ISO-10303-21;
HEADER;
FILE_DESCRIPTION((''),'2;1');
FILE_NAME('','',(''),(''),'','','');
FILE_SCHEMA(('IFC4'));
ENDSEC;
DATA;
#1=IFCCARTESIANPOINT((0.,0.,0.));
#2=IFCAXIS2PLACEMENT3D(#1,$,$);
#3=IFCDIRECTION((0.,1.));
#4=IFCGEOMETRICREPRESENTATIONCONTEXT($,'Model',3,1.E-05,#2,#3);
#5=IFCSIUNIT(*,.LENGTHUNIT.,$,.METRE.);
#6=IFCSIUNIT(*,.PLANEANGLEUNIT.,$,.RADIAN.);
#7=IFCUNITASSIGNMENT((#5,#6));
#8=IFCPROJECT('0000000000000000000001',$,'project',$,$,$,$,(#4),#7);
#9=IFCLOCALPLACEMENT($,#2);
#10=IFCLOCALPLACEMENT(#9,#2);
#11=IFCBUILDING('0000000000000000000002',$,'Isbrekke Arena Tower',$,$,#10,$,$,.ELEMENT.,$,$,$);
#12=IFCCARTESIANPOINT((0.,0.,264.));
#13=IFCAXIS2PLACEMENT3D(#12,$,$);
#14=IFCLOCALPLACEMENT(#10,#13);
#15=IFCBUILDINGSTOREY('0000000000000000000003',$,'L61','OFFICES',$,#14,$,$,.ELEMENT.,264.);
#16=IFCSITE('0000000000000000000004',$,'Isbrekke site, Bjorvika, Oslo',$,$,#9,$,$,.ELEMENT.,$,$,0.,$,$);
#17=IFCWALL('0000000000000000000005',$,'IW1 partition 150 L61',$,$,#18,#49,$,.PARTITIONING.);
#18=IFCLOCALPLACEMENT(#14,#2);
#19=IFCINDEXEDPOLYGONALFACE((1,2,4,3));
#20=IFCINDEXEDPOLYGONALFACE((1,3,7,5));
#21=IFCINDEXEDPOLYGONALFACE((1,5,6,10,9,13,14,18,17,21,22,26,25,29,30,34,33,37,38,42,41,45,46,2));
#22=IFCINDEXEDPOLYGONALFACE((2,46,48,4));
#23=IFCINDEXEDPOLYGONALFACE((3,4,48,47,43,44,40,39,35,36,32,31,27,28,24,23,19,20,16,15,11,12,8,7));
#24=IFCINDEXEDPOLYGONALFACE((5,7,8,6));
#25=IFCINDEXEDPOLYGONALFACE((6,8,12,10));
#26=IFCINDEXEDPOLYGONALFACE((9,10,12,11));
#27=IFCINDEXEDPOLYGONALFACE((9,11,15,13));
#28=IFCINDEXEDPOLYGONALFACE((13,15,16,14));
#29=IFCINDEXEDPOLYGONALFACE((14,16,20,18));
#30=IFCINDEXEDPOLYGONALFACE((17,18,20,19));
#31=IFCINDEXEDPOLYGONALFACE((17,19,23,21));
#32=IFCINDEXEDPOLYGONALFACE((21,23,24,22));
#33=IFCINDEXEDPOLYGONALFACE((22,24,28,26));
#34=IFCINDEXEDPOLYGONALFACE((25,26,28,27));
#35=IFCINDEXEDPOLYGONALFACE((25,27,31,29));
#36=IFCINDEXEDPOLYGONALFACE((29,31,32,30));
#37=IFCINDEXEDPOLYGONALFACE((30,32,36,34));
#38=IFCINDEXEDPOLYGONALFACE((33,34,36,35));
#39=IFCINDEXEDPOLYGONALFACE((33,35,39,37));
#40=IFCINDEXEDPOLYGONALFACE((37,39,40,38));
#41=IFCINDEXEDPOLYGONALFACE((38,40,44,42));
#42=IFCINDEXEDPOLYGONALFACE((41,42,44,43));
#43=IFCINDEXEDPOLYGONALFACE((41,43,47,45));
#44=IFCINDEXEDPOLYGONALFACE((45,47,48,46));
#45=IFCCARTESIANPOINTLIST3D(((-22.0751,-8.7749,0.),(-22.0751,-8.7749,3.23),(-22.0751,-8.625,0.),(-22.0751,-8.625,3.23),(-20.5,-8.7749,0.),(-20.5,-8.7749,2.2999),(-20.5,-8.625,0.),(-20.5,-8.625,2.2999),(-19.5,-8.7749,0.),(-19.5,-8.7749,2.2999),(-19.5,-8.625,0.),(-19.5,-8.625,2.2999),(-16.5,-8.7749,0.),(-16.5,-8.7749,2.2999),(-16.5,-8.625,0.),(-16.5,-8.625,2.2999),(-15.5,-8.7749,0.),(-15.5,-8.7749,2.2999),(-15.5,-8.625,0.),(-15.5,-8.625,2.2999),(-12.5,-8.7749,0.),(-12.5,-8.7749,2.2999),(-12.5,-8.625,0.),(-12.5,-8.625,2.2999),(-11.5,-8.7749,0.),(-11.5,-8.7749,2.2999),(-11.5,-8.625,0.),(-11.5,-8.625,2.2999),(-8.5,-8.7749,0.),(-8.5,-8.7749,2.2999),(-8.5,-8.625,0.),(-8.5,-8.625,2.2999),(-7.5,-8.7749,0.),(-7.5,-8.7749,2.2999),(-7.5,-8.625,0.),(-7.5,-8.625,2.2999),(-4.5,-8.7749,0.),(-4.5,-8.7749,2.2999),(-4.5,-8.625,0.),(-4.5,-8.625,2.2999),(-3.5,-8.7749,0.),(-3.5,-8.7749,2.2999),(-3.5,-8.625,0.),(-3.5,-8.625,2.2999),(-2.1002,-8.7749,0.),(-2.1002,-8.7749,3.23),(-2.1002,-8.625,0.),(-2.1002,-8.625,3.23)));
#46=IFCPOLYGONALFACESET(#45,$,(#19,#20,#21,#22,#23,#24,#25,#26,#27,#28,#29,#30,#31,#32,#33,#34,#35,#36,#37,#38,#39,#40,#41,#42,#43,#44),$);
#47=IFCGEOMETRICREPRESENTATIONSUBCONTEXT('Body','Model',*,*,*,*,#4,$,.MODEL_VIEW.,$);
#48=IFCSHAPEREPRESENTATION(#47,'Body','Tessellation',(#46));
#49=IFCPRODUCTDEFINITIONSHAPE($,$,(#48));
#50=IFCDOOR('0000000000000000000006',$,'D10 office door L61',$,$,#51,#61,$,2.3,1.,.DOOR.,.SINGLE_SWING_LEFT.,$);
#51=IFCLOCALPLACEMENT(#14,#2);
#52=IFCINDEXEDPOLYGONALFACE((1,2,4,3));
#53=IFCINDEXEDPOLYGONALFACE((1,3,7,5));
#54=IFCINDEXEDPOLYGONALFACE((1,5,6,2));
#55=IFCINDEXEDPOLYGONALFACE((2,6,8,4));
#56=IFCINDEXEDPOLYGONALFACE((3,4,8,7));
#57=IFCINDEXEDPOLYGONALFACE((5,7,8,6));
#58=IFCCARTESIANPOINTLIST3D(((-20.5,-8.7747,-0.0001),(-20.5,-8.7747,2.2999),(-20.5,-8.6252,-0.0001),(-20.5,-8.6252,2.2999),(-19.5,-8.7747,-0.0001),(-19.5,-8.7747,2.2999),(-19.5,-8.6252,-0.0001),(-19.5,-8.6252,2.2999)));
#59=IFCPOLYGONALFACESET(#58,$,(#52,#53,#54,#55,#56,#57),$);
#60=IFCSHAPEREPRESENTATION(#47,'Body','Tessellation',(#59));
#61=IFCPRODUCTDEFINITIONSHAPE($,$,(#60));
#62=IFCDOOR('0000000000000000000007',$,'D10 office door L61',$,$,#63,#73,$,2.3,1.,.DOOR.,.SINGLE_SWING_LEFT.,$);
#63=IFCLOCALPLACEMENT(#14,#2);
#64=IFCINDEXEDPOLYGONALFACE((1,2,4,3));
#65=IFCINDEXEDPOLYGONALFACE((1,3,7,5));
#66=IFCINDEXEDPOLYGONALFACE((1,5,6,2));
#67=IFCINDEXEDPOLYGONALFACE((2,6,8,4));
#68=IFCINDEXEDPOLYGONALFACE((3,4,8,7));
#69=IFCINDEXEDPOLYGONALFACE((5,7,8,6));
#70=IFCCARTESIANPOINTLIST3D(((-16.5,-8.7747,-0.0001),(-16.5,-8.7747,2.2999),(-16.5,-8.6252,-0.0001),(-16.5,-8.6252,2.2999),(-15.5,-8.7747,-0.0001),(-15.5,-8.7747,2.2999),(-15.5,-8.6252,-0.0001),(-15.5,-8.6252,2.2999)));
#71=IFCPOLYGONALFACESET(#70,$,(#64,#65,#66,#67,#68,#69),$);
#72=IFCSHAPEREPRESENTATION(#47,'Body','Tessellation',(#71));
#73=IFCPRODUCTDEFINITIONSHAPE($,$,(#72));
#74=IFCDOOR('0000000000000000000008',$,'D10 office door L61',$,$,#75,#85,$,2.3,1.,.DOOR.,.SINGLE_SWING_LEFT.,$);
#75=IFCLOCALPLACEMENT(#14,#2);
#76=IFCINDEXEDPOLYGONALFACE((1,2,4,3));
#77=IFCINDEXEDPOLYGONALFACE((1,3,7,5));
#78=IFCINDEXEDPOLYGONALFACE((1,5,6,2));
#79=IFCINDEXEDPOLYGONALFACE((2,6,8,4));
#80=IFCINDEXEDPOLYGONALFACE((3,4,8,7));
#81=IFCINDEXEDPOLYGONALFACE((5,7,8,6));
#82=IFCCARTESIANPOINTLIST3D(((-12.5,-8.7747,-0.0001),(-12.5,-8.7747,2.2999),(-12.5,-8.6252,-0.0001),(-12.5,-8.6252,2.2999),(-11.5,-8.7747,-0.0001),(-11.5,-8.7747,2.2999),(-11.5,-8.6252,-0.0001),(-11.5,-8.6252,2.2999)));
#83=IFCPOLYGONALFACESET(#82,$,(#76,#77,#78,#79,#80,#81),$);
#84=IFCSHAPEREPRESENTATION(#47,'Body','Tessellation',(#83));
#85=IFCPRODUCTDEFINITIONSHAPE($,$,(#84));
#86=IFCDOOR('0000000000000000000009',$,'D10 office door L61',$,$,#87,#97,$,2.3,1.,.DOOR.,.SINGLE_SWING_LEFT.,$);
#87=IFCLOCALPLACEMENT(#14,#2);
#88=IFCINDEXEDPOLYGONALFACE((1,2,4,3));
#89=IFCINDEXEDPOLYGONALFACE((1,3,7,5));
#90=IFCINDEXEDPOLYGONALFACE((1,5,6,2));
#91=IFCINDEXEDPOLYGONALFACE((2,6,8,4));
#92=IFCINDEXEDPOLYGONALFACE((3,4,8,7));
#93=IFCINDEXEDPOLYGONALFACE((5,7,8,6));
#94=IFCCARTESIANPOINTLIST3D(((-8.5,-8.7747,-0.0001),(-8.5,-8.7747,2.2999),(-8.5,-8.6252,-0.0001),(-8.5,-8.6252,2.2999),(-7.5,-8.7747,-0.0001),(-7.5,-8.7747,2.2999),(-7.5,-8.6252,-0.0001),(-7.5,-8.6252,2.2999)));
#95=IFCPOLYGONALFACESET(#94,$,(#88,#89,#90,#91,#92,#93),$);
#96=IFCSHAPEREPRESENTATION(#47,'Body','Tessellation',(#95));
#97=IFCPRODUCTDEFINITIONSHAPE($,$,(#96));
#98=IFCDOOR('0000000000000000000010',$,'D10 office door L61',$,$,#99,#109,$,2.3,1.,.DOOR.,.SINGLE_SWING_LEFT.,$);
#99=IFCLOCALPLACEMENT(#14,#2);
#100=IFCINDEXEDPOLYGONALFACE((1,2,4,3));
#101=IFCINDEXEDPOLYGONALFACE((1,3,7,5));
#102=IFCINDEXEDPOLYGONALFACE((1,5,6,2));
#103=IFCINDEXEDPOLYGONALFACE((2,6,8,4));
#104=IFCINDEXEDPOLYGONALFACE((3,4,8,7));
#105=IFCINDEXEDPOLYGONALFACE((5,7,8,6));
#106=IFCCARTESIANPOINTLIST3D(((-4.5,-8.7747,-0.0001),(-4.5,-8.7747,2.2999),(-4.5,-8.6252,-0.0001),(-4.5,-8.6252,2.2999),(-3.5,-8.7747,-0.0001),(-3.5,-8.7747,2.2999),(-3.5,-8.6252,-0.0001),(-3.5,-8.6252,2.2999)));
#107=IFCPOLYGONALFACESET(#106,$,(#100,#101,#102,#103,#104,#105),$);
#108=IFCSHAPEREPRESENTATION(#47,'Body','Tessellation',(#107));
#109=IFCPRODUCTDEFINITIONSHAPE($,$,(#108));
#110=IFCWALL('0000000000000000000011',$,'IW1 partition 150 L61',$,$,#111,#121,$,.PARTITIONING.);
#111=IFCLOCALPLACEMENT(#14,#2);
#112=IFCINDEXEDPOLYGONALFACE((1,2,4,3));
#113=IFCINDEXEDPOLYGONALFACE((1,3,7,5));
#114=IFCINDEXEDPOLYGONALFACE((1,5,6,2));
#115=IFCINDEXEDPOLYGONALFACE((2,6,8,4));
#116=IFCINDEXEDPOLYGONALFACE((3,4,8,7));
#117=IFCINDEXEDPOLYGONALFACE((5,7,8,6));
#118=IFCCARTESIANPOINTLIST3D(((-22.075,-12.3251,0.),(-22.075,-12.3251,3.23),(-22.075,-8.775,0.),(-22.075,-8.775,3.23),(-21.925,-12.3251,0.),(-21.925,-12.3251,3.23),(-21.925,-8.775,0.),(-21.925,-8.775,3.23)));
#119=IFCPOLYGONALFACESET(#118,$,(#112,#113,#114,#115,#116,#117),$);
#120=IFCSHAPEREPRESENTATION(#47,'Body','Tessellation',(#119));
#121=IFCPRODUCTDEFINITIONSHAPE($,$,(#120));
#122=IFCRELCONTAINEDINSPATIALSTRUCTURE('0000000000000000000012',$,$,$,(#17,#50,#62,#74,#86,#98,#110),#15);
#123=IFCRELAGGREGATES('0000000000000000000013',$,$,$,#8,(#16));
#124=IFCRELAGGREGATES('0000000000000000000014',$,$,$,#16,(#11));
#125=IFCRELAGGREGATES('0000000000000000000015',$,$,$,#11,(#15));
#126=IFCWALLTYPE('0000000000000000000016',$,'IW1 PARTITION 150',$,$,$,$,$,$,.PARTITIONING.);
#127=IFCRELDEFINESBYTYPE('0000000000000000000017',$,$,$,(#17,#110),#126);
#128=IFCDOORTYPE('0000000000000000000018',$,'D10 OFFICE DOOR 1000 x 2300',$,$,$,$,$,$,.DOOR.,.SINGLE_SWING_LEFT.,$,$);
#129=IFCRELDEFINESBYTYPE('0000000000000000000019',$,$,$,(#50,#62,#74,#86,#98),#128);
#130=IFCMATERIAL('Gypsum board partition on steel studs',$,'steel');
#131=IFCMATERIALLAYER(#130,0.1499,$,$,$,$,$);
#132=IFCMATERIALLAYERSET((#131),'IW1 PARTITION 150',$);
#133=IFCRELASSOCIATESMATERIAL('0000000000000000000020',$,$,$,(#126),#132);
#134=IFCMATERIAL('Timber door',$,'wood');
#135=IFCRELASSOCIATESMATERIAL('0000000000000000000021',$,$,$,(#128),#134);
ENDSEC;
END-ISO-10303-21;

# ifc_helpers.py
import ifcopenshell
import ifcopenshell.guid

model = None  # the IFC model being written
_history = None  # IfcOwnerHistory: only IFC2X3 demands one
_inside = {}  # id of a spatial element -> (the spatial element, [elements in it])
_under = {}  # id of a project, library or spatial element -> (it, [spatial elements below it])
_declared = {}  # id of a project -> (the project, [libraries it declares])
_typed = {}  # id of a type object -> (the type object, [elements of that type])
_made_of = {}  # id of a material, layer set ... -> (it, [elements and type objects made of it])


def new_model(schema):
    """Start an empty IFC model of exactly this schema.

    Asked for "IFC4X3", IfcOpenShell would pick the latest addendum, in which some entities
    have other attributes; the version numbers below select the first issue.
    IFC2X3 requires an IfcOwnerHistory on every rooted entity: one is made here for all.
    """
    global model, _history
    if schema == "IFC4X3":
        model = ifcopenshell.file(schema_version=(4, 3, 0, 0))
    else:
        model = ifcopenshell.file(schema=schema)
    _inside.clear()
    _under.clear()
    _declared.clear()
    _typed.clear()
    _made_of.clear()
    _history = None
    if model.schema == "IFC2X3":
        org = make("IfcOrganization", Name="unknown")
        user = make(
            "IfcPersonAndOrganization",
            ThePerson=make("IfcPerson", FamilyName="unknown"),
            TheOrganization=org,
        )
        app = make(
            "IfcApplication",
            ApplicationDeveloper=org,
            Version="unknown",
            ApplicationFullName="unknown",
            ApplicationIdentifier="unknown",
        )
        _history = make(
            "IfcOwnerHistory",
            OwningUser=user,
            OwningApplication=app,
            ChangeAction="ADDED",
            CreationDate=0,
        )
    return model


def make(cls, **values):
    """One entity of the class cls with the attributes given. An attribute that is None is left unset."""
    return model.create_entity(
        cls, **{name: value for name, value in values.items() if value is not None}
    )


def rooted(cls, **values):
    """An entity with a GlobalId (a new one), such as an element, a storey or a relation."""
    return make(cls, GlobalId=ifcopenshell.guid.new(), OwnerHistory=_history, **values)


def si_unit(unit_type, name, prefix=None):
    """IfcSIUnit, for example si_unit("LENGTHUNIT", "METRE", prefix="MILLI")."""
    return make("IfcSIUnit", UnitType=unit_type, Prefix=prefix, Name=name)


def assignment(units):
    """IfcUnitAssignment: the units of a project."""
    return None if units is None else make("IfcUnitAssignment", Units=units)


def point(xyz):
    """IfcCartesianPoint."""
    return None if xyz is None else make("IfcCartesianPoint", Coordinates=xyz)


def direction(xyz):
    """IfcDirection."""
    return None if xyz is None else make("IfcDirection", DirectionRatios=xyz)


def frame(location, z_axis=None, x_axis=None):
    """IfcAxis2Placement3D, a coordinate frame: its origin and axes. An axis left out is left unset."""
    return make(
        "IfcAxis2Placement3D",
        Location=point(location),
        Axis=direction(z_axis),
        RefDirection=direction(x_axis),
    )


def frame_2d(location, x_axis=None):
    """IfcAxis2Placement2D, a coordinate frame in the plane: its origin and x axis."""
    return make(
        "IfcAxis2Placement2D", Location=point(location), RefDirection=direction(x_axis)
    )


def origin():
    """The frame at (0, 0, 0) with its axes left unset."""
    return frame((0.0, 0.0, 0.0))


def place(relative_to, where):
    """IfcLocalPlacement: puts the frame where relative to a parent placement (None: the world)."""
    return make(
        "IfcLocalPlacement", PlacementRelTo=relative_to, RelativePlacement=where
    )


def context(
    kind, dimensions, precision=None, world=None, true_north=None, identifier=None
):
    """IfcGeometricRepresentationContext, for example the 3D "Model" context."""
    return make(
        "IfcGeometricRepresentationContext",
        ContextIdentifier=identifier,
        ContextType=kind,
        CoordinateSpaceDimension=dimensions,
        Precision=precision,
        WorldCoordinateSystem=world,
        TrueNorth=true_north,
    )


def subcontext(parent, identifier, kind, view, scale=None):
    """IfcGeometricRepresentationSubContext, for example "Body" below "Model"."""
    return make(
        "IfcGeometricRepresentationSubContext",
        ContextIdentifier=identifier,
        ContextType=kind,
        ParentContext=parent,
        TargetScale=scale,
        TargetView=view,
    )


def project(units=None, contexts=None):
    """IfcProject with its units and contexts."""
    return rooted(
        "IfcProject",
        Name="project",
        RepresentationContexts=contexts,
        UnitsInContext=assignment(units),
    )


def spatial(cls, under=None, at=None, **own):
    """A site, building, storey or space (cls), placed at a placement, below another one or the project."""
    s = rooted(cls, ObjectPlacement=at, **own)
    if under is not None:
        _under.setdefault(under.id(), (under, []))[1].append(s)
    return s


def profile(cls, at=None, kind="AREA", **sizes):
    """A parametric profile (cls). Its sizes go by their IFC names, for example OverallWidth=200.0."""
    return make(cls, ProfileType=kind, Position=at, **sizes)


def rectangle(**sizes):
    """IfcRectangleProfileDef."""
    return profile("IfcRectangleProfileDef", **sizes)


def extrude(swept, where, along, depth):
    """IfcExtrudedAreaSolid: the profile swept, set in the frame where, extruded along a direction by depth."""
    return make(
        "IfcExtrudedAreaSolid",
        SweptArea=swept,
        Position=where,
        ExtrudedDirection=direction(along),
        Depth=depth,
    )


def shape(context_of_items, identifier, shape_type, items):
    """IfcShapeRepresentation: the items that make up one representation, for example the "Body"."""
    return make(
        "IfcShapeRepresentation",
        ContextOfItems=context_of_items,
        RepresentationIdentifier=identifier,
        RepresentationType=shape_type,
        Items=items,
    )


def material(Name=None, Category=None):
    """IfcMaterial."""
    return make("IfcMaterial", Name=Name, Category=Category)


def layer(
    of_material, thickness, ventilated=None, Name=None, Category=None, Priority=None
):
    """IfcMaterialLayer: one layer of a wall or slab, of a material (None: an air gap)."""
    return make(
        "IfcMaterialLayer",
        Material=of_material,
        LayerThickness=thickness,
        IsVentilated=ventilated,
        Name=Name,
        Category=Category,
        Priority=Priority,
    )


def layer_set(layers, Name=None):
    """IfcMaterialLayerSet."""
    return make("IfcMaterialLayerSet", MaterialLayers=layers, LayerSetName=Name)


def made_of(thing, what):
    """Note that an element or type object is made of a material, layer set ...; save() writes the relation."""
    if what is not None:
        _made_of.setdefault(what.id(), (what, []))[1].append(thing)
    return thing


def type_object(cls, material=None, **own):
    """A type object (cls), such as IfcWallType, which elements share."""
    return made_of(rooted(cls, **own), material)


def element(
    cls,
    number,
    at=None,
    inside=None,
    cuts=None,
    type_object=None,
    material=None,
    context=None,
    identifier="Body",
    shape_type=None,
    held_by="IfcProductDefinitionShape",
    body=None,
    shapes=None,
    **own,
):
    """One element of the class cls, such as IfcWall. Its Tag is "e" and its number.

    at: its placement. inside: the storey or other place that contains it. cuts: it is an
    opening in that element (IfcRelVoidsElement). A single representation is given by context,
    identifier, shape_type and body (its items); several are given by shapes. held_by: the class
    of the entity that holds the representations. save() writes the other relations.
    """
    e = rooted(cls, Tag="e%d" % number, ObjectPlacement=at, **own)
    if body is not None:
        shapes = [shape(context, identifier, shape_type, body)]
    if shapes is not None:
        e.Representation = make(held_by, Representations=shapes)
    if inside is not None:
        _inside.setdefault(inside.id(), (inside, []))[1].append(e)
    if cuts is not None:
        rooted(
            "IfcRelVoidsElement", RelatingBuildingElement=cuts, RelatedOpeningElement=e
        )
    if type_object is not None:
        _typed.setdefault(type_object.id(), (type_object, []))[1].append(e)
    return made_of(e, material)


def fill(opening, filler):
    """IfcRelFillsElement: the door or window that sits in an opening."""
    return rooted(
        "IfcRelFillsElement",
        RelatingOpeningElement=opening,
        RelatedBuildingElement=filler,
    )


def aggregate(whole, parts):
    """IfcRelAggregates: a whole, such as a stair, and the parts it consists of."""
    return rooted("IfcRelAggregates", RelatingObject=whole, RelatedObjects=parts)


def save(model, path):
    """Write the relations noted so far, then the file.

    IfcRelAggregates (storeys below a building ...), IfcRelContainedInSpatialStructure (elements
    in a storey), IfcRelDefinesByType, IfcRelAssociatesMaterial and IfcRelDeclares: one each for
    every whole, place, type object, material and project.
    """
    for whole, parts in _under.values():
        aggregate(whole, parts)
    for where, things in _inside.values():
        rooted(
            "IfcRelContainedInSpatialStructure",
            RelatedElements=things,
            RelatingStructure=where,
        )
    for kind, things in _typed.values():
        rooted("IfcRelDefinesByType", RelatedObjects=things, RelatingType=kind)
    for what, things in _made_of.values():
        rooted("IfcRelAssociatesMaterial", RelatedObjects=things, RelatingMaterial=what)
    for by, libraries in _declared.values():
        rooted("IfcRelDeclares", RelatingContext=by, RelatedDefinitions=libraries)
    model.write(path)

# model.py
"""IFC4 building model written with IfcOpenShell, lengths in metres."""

from ifc_helpers import new_model, si_unit, direction, frame, frame_2d, origin, place, context, subcontext, project, spatial, rectangle, extrude, material, layer, layer_set, type_object, element, fill, save


model = new_model("IFC4")

# Units and contexts
model_context = context("Model", 3, precision=1e-05, world=origin(), true_north=direction((0.0, 1.0)))
body_context = subcontext(model_context, "Body", "Model", "MODEL_VIEW")
ifc_project = project(units=[si_unit("LENGTHUNIT", "METRE"), si_unit("PLANEANGLEUNIT", "RADIAN")], contexts=[model_context])

# Site, building, storey
site_placement = place(None, origin())
site = spatial("IfcSite", under=ifc_project, at=site_placement, Name="Isbrekke site, Bjorvika, Oslo", CompositionType="ELEMENT", RefElevation=0.0)
building_placement = place(site_placement, origin())
building = spatial("IfcBuilding", under=site, at=building_placement, Name="Isbrekke Arena Tower", CompositionType="ELEMENT")
storey_placement = place(building_placement, frame((0.0, 0.0, 264.0)))
storey = spatial("IfcBuildingStorey", under=building, at=storey_placement, Name="L61", Description="OFFICES", CompositionType="ELEMENT", Elevation=264.0)

# Wall, openings, doors
ifc_material_1 = material(Name="Gypsum board partition on steel studs", Category="steel")
ifc_layer = layer(ifc_material_1, 0.1499)
ifc_layer_set = layer_set([ifc_layer], Name="IW1 PARTITION 150")
wall_type = type_object("IfcWallType", Name="IW1 PARTITION 150", PredefinedType="PARTITIONING", material=ifc_layer_set)
wall_1_placement = place(storey_placement, frame((-22.075, -8.7, 0.0), z_axis=(0.0, 0.0, 1.0), x_axis=(1.0, 0.0, 0.0)))
wall_1 = element("IfcWall", 1, at=wall_1_placement, inside=storey, type_object=wall_type, Name="IW1 partition 150 L61", PredefinedType="PARTITIONING", context=body_context, shape_type="SweptSolid", body=[
    extrude(rectangle(XDim=19.9749, YDim=0.1499, at=frame_2d((9.9873, 0.0))), origin(), (0.0, 0.0, 1.0), 3.23),
])
opening_1_placement = place(wall_1_placement, frame((1.575, 0.0, 0.0)))
opening_1 = element("IfcOpeningElement", 2, at=opening_1_placement, cuts=wall_1, PredefinedType="OPENING", context=body_context, shape_type="SweptSolid", body=[
    extrude(rectangle(XDim=1.0, YDim=2.3, at=frame_2d((0.5, 1.1499))), frame((0.0, 0.0898, 0.0), z_axis=(0.0, -1.0, 0.0), x_axis=(1.0, 0.0, 0.0)), (0.0, 0.0, 1.0), 0.1797),
])
opening_2_placement = place(wall_1_placement, frame((5.575, 0.0, 0.0)))
opening_2 = element("IfcOpeningElement", 3, at=opening_2_placement, cuts=wall_1, PredefinedType="OPENING", context=body_context, shape_type="SweptSolid", body=[
    extrude(rectangle(XDim=1.0, YDim=2.3, at=frame_2d((0.5, 1.1499))), frame((0.0, 0.0898, 0.0), z_axis=(0.0, -1.0, 0.0), x_axis=(1.0, 0.0, 0.0)), (0.0, 0.0, 1.0), 0.1797),
])
opening_3_placement = place(wall_1_placement, frame((9.575, 0.0, 0.0)))
opening_3 = element("IfcOpeningElement", 4, at=opening_3_placement, cuts=wall_1, PredefinedType="OPENING", context=body_context, shape_type="SweptSolid", body=[
    extrude(rectangle(XDim=1.0, YDim=2.3, at=frame_2d((0.5, 1.1499))), frame((0.0, 0.0898, 0.0), z_axis=(0.0, -1.0, 0.0), x_axis=(1.0, 0.0, 0.0)), (0.0, 0.0, 1.0), 0.1797),
])
opening_4_placement = place(wall_1_placement, frame((13.575, 0.0, 0.0)))
opening_4 = element("IfcOpeningElement", 5, at=opening_4_placement, cuts=wall_1, PredefinedType="OPENING", context=body_context, shape_type="SweptSolid", body=[
    extrude(rectangle(XDim=1.0, YDim=2.3, at=frame_2d((0.5, 1.1499))), frame((0.0, 0.0898, 0.0), z_axis=(0.0, -1.0, 0.0), x_axis=(1.0, 0.0, 0.0)), (0.0, 0.0, 1.0), 0.1797),
])
opening_5_placement = place(wall_1_placement, frame((17.575, 0.0, 0.0)))
opening_5 = element("IfcOpeningElement", 6, at=opening_5_placement, cuts=wall_1, PredefinedType="OPENING", context=body_context, shape_type="SweptSolid", body=[
    extrude(rectangle(XDim=1.0, YDim=2.3, at=frame_2d((0.5, 1.1499))), frame((0.0, 0.0898, 0.0), z_axis=(0.0, -1.0, 0.0), x_axis=(1.0, 0.0, 0.0)), (0.0, 0.0, 1.0), 0.1797),
])
ifc_material_2 = material(Name="Timber door", Category="wood")
door_type = type_object("IfcDoorType", Name="D10 OFFICE DOOR 1000 x 2300", OperationType="SINGLE_SWING_LEFT", PredefinedType="DOOR", material=ifc_material_2)
door_1_placement = place(opening_1_placement, origin())
door_1 = element("IfcDoor", 7, at=door_1_placement, inside=storey, type_object=door_type, Name="D10 office door L61", OperationType="SINGLE_SWING_LEFT", OverallHeight=2.3, OverallWidth=1.0, PredefinedType="DOOR", context=body_context, shape_type="SweptSolid", body=[
    extrude(rectangle(XDim=1.0, YDim=2.3, at=frame_2d((0.5, 1.1499))), frame((0.0, 0.0747, 0.0), z_axis=(0.0, -1.0, 0.0), x_axis=(1.0, 0.0, 0.0)), (0.0, 0.0, 1.0), 0.1494),
])
fill(opening_1, door_1)
door_2_placement = place(opening_2_placement, origin())
door_2 = element("IfcDoor", 8, at=door_2_placement, inside=storey, type_object=door_type, Name="D10 office door L61", OperationType="SINGLE_SWING_LEFT", OverallHeight=2.3, OverallWidth=1.0, PredefinedType="DOOR", context=body_context, shape_type="SweptSolid", body=[
    extrude(rectangle(XDim=1.0, YDim=2.3, at=frame_2d((0.5, 1.1499))), frame((0.0, 0.0747, 0.0), z_axis=(0.0, -1.0, 0.0), x_axis=(1.0, 0.0, 0.0)), (0.0, 0.0, 1.0), 0.1494),
])
fill(opening_2, door_2)
door_3_placement = place(opening_3_placement, origin())
door_3 = element("IfcDoor", 9, at=door_3_placement, inside=storey, type_object=door_type, Name="D10 office door L61", OperationType="SINGLE_SWING_LEFT", OverallHeight=2.3, OverallWidth=1.0, PredefinedType="DOOR", context=body_context, shape_type="SweptSolid", body=[
    extrude(rectangle(XDim=1.0, YDim=2.3, at=frame_2d((0.5, 1.1499))), frame((0.0, 0.0747, 0.0), z_axis=(0.0, -1.0, 0.0), x_axis=(1.0, 0.0, 0.0)), (0.0, 0.0, 1.0), 0.1494),
])
fill(opening_3, door_3)
door_4_placement = place(opening_4_placement, origin())
door_4 = element("IfcDoor", 10, at=door_4_placement, inside=storey, type_object=door_type, Name="D10 office door L61", OperationType="SINGLE_SWING_LEFT", OverallHeight=2.3, OverallWidth=1.0, PredefinedType="DOOR", context=body_context, shape_type="SweptSolid", body=[
    extrude(rectangle(XDim=1.0, YDim=2.3, at=frame_2d((0.5, 1.1499))), frame((0.0, 0.0747, 0.0), z_axis=(0.0, -1.0, 0.0), x_axis=(1.0, 0.0, 0.0)), (0.0, 0.0, 1.0), 0.1494),
])
fill(opening_4, door_4)
door_5_placement = place(opening_5_placement, origin())
door_5 = element("IfcDoor", 11, at=door_5_placement, inside=storey, type_object=door_type, Name="D10 office door L61", OperationType="SINGLE_SWING_LEFT", OverallHeight=2.3, OverallWidth=1.0, PredefinedType="DOOR", context=body_context, shape_type="SweptSolid", body=[
    extrude(rectangle(XDim=1.0, YDim=2.3, at=frame_2d((0.5, 1.1499))), frame((0.0, 0.0747, 0.0), z_axis=(0.0, -1.0, 0.0), x_axis=(1.0, 0.0, 0.0)), (0.0, 0.0, 1.0), 0.1494),
])
fill(opening_5, door_5)

# Wall
wall_2_placement = place(storey_placement, frame((-22.0, -12.325, 0.0), z_axis=(0.0, 0.0, 1.0), x_axis=(0.0, 1.0, 0.0)))
element("IfcWall", 12, at=wall_2_placement, inside=storey, type_object=wall_type, Name="IW1 partition 150 L61", PredefinedType="PARTITIONING", context=body_context, shape_type="SweptSolid", body=[
    extrude(rectangle(XDim=3.55, YDim=0.1499, at=frame_2d((1.7749, 0.0))), origin(), (0.0, 0.0, 1.0), 3.23),
])

save(model, "model.ifc")
